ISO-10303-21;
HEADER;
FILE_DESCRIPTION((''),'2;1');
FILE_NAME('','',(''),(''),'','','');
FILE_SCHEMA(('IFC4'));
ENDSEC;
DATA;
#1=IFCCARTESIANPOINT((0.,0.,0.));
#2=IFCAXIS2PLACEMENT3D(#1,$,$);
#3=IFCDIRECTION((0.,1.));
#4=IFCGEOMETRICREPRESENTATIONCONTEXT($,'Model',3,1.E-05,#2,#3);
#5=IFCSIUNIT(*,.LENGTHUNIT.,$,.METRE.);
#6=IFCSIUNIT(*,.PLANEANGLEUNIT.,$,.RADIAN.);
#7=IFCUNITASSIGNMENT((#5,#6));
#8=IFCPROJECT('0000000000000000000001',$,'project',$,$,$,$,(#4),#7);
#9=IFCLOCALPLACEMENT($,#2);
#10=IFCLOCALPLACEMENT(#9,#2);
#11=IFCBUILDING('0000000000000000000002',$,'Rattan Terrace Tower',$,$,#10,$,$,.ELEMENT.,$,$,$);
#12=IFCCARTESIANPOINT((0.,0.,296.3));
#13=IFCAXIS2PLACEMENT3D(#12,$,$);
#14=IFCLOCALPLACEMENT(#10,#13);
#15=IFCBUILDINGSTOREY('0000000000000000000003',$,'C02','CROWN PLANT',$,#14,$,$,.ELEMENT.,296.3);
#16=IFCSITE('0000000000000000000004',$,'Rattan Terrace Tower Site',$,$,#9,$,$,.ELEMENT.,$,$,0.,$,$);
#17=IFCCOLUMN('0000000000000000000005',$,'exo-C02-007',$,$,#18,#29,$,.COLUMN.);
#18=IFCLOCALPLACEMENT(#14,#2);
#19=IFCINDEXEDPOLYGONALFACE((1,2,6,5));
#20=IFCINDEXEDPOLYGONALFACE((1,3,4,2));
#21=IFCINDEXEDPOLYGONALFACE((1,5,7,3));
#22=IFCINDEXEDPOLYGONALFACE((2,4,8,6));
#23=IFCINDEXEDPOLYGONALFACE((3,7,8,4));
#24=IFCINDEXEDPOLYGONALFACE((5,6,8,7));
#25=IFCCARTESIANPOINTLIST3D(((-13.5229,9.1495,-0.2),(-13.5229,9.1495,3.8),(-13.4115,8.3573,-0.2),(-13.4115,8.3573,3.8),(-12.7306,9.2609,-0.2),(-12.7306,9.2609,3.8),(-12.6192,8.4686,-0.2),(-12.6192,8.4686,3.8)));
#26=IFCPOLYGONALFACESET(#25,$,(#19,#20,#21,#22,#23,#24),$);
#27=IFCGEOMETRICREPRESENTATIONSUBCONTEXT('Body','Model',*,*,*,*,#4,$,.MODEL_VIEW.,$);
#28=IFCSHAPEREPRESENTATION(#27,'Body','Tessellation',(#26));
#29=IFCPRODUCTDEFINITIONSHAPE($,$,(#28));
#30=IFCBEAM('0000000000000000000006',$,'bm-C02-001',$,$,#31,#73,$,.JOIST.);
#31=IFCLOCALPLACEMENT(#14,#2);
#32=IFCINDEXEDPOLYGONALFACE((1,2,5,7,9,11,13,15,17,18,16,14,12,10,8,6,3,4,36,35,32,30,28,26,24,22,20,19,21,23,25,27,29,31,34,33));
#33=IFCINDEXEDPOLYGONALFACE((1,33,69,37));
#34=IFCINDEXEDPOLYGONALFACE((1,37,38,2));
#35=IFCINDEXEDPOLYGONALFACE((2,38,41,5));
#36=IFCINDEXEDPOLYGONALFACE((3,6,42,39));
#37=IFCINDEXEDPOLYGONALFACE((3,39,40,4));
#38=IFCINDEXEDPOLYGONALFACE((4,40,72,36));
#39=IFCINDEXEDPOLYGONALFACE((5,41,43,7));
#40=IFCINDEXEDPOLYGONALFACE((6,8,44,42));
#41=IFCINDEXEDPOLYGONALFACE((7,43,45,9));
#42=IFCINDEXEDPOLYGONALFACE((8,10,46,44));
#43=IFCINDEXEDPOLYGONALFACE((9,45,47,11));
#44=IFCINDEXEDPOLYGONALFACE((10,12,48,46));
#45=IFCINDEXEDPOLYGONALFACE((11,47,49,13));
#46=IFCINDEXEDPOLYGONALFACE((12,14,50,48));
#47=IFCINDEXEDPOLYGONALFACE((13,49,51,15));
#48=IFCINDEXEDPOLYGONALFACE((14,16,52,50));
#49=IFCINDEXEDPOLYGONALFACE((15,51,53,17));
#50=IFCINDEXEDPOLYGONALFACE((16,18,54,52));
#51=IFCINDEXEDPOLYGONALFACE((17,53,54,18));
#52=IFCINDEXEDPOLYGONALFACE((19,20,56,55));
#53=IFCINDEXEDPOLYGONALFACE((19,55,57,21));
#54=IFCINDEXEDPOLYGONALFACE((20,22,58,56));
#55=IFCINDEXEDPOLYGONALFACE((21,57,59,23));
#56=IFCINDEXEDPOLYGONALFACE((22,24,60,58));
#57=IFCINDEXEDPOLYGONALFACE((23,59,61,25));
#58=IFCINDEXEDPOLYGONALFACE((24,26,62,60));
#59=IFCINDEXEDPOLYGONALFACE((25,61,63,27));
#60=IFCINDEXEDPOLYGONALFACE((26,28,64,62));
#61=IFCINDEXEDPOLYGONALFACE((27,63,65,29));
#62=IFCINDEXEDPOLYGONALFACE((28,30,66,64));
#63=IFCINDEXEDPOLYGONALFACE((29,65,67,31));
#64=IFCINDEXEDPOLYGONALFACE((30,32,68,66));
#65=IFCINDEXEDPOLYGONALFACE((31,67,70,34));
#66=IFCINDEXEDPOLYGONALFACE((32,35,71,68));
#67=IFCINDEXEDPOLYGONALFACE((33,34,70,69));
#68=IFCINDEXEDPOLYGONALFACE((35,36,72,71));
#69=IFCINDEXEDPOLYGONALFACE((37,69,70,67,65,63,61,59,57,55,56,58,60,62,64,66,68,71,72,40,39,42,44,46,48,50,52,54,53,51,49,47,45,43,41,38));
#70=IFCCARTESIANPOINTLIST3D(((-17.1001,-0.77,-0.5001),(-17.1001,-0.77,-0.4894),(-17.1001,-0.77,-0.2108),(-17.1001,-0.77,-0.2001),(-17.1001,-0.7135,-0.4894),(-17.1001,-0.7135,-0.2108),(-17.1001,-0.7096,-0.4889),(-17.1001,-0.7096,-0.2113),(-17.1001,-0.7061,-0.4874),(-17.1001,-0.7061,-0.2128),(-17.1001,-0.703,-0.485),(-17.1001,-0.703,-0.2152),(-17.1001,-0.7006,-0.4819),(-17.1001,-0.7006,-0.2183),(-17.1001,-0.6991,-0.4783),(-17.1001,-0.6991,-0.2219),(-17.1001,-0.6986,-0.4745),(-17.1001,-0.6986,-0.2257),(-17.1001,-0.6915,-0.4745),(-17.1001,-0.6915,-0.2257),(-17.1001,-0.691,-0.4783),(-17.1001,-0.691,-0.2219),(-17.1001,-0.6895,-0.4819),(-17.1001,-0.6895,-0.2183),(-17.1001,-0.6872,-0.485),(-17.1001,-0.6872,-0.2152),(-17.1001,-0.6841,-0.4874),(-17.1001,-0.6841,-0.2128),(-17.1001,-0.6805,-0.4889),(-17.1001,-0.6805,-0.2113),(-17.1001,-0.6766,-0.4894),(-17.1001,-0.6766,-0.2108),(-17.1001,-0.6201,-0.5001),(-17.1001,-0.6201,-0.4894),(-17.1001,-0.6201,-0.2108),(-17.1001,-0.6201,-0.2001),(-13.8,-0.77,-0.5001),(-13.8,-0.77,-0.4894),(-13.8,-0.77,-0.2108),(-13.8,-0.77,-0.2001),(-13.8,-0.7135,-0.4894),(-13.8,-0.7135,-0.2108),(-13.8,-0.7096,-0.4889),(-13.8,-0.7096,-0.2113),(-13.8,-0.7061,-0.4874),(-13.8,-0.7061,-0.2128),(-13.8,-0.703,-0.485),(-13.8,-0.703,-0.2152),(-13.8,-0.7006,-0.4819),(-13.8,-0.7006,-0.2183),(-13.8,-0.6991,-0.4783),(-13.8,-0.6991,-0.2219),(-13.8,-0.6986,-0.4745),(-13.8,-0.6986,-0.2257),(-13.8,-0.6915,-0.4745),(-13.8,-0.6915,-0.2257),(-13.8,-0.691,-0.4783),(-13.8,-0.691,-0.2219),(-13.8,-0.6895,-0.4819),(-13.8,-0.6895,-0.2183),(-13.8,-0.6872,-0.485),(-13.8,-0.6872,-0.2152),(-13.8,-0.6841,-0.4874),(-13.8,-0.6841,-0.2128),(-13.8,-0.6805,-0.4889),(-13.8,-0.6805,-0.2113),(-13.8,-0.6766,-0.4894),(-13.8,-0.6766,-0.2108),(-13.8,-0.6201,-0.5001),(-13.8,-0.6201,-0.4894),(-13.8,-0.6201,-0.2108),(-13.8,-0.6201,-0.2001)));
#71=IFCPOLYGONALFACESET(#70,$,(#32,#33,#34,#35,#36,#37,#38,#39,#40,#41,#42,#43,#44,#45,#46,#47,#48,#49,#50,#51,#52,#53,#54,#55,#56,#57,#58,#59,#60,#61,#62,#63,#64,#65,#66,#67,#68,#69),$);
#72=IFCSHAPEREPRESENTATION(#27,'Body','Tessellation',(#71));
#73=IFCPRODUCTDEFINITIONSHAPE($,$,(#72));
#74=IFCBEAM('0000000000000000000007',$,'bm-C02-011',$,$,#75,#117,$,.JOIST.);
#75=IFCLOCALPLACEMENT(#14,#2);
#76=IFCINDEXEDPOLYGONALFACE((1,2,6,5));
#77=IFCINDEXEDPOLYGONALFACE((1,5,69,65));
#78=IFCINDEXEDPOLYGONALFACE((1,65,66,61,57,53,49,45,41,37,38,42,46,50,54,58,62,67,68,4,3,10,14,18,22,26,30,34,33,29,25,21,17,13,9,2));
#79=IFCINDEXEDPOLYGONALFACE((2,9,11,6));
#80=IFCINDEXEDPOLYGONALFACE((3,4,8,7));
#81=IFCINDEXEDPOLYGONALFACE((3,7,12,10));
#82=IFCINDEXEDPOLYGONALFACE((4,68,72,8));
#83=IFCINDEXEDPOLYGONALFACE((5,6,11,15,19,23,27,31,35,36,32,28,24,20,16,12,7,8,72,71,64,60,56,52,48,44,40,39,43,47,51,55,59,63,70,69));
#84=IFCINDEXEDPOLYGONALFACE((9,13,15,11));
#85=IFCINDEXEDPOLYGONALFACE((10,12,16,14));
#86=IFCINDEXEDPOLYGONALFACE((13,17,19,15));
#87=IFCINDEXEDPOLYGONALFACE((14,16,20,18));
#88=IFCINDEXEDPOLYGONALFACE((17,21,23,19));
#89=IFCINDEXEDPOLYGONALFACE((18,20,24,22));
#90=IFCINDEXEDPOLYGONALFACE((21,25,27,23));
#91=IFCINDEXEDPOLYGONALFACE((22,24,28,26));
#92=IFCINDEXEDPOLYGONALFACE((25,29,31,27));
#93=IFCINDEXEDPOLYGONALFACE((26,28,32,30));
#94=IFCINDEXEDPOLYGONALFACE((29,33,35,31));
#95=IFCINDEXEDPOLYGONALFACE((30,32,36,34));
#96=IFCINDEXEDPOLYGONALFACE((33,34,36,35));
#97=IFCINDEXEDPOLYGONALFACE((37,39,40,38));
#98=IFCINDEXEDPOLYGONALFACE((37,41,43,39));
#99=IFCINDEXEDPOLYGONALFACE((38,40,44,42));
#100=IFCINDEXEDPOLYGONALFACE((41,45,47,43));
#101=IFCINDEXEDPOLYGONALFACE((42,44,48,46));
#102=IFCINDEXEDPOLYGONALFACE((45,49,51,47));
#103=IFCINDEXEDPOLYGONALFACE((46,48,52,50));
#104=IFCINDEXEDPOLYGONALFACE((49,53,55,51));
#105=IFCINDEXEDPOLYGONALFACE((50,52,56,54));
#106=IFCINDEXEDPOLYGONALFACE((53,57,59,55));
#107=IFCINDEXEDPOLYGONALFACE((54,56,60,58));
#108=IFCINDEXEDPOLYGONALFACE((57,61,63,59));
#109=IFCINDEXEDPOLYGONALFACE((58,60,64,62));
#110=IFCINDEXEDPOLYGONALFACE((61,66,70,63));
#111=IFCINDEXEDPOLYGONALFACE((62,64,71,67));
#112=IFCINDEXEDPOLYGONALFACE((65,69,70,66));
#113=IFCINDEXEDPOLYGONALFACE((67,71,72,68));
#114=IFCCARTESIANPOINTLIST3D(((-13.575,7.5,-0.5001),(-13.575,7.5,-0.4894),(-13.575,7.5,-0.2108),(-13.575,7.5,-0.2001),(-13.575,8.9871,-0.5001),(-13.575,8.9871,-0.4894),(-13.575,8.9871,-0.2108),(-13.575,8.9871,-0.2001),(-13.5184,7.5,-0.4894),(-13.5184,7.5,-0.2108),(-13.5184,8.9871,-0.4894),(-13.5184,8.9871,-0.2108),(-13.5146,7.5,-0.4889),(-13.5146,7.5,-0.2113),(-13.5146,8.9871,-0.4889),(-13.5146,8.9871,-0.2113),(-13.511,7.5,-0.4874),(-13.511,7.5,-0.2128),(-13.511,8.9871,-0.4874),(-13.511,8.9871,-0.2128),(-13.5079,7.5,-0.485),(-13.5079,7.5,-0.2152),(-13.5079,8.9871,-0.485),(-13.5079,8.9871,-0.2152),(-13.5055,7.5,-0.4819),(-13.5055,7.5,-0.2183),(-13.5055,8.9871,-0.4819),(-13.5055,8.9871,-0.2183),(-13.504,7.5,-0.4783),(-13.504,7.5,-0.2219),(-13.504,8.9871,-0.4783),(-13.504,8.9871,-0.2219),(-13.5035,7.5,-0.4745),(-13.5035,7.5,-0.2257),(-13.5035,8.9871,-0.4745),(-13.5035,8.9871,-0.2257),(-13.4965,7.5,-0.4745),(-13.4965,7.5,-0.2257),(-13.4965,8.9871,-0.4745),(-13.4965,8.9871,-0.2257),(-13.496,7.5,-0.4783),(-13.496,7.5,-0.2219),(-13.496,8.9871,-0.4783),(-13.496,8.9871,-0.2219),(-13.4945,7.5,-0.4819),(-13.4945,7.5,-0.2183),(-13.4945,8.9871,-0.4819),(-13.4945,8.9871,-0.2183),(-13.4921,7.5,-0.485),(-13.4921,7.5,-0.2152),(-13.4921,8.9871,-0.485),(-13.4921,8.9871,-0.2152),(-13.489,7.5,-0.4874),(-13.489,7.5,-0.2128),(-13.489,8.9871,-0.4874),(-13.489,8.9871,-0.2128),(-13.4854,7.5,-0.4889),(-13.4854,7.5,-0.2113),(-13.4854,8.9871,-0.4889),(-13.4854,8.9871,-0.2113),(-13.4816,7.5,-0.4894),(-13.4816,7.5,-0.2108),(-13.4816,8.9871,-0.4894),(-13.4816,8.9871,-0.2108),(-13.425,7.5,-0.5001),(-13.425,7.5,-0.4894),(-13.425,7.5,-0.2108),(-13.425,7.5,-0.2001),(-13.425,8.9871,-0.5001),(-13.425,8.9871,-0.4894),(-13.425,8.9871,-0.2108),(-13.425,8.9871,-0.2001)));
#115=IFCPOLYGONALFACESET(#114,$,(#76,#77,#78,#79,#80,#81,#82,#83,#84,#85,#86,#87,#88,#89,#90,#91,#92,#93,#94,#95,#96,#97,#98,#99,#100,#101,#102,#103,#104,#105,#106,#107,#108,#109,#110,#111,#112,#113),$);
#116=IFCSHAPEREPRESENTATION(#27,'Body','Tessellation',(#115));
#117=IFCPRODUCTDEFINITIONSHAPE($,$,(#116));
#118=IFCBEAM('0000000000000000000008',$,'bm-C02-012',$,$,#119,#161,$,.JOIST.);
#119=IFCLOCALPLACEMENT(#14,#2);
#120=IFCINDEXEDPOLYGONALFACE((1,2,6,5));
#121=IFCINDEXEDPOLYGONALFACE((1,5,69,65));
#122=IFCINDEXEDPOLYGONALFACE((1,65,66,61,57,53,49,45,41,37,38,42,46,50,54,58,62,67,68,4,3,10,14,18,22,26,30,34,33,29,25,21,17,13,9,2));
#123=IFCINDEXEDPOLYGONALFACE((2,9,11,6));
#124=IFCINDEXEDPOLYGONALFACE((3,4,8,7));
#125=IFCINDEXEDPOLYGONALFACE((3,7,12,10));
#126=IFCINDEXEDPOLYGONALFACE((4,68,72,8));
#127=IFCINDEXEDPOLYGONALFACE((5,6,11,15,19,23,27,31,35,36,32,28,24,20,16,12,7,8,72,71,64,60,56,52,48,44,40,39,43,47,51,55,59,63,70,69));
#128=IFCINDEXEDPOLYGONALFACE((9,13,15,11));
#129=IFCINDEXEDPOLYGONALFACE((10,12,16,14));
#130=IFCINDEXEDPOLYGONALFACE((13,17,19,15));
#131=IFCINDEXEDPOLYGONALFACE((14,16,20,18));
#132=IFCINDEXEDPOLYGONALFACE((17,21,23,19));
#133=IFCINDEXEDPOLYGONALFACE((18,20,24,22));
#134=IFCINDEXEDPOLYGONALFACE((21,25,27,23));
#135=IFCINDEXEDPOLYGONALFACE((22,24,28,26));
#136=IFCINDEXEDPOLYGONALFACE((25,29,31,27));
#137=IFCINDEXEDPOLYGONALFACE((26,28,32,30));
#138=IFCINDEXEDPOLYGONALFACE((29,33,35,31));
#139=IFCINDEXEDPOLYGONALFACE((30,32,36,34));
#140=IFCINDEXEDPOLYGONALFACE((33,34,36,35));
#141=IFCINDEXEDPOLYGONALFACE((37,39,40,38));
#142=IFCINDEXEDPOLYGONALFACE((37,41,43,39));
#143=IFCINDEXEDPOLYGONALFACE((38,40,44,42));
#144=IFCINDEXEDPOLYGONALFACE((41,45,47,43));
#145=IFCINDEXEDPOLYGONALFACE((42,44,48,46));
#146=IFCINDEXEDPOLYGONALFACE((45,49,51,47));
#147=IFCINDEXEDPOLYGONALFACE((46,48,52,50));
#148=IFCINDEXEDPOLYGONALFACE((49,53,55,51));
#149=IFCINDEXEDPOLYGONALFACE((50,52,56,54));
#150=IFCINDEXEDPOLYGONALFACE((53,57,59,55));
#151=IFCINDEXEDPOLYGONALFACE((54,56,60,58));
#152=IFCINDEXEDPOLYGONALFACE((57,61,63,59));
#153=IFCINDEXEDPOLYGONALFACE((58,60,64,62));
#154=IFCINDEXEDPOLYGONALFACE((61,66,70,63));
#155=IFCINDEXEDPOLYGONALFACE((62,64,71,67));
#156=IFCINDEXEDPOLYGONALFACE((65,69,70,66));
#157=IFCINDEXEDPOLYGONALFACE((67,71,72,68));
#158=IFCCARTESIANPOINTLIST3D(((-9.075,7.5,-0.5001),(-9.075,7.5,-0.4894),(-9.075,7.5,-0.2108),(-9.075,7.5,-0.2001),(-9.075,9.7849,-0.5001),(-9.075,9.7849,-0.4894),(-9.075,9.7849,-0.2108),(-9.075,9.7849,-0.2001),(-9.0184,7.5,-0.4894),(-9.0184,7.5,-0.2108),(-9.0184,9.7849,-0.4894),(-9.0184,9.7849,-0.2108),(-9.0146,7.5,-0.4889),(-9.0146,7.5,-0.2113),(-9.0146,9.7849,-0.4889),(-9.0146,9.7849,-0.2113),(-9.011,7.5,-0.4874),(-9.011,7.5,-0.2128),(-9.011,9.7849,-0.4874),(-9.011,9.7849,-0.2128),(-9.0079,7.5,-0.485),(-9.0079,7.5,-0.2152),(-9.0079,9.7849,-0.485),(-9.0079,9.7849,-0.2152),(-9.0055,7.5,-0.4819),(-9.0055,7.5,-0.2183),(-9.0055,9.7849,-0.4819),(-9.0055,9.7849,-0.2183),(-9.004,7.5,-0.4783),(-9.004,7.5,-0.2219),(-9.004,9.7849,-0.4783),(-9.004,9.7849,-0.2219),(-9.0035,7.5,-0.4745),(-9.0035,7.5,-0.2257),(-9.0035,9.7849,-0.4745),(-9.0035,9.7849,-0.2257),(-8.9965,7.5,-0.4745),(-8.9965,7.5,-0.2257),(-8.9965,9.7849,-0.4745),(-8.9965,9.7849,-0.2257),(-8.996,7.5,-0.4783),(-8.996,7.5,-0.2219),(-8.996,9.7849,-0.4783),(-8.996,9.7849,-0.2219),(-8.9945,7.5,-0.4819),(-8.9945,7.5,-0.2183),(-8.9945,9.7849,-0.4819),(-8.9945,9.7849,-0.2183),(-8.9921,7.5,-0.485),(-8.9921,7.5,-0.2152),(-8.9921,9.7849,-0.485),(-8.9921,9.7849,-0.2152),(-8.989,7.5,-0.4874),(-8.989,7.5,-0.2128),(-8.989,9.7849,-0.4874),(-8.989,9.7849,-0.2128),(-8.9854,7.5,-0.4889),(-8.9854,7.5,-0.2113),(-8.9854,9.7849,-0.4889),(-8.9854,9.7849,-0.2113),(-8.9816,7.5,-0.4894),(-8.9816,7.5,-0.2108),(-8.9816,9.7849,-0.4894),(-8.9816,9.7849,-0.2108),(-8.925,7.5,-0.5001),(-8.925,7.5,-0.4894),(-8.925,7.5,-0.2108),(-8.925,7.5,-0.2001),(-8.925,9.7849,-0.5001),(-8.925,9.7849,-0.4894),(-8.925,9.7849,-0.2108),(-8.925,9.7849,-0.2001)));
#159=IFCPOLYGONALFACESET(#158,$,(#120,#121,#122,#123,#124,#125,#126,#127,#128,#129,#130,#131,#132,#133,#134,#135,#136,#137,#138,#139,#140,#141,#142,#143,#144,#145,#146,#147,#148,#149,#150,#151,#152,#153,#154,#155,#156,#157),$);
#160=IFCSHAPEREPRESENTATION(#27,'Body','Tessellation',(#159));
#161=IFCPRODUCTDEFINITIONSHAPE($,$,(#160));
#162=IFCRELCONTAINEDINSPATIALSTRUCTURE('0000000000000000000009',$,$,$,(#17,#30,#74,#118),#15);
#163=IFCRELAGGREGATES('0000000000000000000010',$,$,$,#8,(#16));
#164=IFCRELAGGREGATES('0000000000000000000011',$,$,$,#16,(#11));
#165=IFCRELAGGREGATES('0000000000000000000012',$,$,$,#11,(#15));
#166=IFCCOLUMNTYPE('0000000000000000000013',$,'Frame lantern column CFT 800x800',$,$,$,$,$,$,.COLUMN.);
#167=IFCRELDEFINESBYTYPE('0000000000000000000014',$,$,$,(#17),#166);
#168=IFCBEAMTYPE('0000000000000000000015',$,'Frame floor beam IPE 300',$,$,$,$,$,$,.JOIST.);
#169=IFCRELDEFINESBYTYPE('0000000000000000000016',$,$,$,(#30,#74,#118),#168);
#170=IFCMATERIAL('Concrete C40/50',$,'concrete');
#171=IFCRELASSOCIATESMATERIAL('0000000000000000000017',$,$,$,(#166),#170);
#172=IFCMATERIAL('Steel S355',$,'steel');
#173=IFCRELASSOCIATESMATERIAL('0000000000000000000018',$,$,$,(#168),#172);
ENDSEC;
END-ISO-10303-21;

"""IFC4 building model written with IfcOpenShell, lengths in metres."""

from ifc_helpers import new_model, si_unit, direction, frame, origin, origin_2d, place, context, subcontext, project, spatial, rectangle, i_section, extrude, material, material_profile, profile_set, type_object, element, save


model = new_model("IFC4")

# Units and contexts
model_context = context("Model", 3, precision=1e-05, world=origin(), true_north=direction((0.0, 1.0)))
body_context = subcontext(model_context, "Body", "Model", "MODEL_VIEW")
ifc_project = project(units=[si_unit("LENGTHUNIT", "METRE"), si_unit("PLANEANGLEUNIT", "RADIAN")], contexts=[model_context])

# Site, building, storey
site_placement = place(None, origin())
site = spatial("IfcSite", under=ifc_project, at=site_placement, Name="Rattan Terrace Tower Site", CompositionType="ELEMENT", RefElevation=0.0)
building_placement = place(site_placement, origin())
building = spatial("IfcBuilding", under=site, at=building_placement, Name="Rattan Terrace Tower", CompositionType="ELEMENT")
storey_placement = place(building_placement, frame((0.0, 0.0, 296.3)))
storey = spatial("IfcBuildingStorey", under=building, at=storey_placement, Name="C02", Description="CROWN PLANT", CompositionType="ELEMENT", Elevation=296.3)

# Column
ifc_material_1 = material(Name="Concrete C40/50", Category="concrete")
ifc_material_profile_1 = material_profile(ifc_material_1, rectangle(XDim=0.8, YDim=0.8, at=origin_2d()), Name="CFT 800x800")
ifc_profile_set_1 = profile_set([ifc_material_profile_1], Name="Concrete C40/50")
column_type = type_object("IfcColumnType", Name="Frame lantern column CFT 800x800", PredefinedType="COLUMN", material=ifc_profile_set_1)
column_placement = place(storey_placement, frame((-13.071, 8.8091, -0.2), z_axis=(0.0, 0.0, 1.0), x_axis=(0.990266, 0.13919, 0.0)))
element("IfcColumn", 1, at=column_placement, inside=storey, type_object=column_type, Name="exo-C02-007", PredefinedType="COLUMN", context=body_context, shape_type="SweptSolid", body=[
    extrude(rectangle(XDim=0.8, YDim=0.8, at=origin_2d()), origin(), (0.0, 0.0, 1.0), 4.0),
])

# Beams
ifc_material_2 = material(Name="Steel S355", Category="steel")
ifc_material_profile_2 = material_profile(ifc_material_2, i_section(OverallWidth=0.1499, OverallDepth=0.3, WebThickness=0.0071, FlangeThickness=0.0107, FilletRadius=0.0149, at=origin_2d()), Name="IPE 300")
ifc_profile_set_2 = profile_set([ifc_material_profile_2], Name="Steel S355")
beam_type = type_object("IfcBeamType", Name="Frame floor beam IPE 300", PredefinedType="JOIST", material=ifc_profile_set_2)
beam_1_placement = place(storey_placement, frame((-17.1001, -0.6951, -0.3501), z_axis=(1.0, 0.0, 0.0), x_axis=(0.0, 1.0, 0.0)))
element("IfcBeam", 2, at=beam_1_placement, inside=storey, type_object=beam_type, Name="bm-C02-001", PredefinedType="JOIST", context=body_context, shape_type="SweptSolid", body=[
    extrude(i_section(OverallWidth=0.1499, OverallDepth=0.3, WebThickness=0.0071, FlangeThickness=0.0107, FilletRadius=0.0149, at=origin_2d()), origin(), (0.0, 0.0, 1.0), 3.3),
])
beam_2_placement = place(storey_placement, frame((-13.5, 7.5, -0.3501), z_axis=(0.0, 1.0, 0.0), x_axis=(-1.0, 0.0, 0.0)))
element("IfcBeam", 3, at=beam_2_placement, inside=storey, type_object=beam_type, Name="bm-C02-011", PredefinedType="JOIST", context=body_context, shape_type="SweptSolid", body=[
    extrude(i_section(OverallWidth=0.1499, OverallDepth=0.3, WebThickness=0.0071, FlangeThickness=0.0107, FilletRadius=0.0149, at=origin_2d()), origin(), (0.0, 0.0, 1.0), 1.4871),
])
beam_3_placement = place(storey_placement, frame((-9.0, 7.5, -0.3501), z_axis=(0.0, 1.0, 0.0), x_axis=(-1.0, 0.0, 0.0)))
element("IfcBeam", 4, at=beam_3_placement, inside=storey, type_object=beam_type, Name="bm-C02-012", PredefinedType="JOIST", context=body_context, shape_type="SweptSolid", body=[
    extrude(i_section(OverallWidth=0.1499, OverallDepth=0.3, WebThickness=0.0071, FlangeThickness=0.0107, FilletRadius=0.0149, at=origin_2d()), origin(), (0.0, 0.0, 1.0), 2.2849),
])

save(model, "model.ifc")
